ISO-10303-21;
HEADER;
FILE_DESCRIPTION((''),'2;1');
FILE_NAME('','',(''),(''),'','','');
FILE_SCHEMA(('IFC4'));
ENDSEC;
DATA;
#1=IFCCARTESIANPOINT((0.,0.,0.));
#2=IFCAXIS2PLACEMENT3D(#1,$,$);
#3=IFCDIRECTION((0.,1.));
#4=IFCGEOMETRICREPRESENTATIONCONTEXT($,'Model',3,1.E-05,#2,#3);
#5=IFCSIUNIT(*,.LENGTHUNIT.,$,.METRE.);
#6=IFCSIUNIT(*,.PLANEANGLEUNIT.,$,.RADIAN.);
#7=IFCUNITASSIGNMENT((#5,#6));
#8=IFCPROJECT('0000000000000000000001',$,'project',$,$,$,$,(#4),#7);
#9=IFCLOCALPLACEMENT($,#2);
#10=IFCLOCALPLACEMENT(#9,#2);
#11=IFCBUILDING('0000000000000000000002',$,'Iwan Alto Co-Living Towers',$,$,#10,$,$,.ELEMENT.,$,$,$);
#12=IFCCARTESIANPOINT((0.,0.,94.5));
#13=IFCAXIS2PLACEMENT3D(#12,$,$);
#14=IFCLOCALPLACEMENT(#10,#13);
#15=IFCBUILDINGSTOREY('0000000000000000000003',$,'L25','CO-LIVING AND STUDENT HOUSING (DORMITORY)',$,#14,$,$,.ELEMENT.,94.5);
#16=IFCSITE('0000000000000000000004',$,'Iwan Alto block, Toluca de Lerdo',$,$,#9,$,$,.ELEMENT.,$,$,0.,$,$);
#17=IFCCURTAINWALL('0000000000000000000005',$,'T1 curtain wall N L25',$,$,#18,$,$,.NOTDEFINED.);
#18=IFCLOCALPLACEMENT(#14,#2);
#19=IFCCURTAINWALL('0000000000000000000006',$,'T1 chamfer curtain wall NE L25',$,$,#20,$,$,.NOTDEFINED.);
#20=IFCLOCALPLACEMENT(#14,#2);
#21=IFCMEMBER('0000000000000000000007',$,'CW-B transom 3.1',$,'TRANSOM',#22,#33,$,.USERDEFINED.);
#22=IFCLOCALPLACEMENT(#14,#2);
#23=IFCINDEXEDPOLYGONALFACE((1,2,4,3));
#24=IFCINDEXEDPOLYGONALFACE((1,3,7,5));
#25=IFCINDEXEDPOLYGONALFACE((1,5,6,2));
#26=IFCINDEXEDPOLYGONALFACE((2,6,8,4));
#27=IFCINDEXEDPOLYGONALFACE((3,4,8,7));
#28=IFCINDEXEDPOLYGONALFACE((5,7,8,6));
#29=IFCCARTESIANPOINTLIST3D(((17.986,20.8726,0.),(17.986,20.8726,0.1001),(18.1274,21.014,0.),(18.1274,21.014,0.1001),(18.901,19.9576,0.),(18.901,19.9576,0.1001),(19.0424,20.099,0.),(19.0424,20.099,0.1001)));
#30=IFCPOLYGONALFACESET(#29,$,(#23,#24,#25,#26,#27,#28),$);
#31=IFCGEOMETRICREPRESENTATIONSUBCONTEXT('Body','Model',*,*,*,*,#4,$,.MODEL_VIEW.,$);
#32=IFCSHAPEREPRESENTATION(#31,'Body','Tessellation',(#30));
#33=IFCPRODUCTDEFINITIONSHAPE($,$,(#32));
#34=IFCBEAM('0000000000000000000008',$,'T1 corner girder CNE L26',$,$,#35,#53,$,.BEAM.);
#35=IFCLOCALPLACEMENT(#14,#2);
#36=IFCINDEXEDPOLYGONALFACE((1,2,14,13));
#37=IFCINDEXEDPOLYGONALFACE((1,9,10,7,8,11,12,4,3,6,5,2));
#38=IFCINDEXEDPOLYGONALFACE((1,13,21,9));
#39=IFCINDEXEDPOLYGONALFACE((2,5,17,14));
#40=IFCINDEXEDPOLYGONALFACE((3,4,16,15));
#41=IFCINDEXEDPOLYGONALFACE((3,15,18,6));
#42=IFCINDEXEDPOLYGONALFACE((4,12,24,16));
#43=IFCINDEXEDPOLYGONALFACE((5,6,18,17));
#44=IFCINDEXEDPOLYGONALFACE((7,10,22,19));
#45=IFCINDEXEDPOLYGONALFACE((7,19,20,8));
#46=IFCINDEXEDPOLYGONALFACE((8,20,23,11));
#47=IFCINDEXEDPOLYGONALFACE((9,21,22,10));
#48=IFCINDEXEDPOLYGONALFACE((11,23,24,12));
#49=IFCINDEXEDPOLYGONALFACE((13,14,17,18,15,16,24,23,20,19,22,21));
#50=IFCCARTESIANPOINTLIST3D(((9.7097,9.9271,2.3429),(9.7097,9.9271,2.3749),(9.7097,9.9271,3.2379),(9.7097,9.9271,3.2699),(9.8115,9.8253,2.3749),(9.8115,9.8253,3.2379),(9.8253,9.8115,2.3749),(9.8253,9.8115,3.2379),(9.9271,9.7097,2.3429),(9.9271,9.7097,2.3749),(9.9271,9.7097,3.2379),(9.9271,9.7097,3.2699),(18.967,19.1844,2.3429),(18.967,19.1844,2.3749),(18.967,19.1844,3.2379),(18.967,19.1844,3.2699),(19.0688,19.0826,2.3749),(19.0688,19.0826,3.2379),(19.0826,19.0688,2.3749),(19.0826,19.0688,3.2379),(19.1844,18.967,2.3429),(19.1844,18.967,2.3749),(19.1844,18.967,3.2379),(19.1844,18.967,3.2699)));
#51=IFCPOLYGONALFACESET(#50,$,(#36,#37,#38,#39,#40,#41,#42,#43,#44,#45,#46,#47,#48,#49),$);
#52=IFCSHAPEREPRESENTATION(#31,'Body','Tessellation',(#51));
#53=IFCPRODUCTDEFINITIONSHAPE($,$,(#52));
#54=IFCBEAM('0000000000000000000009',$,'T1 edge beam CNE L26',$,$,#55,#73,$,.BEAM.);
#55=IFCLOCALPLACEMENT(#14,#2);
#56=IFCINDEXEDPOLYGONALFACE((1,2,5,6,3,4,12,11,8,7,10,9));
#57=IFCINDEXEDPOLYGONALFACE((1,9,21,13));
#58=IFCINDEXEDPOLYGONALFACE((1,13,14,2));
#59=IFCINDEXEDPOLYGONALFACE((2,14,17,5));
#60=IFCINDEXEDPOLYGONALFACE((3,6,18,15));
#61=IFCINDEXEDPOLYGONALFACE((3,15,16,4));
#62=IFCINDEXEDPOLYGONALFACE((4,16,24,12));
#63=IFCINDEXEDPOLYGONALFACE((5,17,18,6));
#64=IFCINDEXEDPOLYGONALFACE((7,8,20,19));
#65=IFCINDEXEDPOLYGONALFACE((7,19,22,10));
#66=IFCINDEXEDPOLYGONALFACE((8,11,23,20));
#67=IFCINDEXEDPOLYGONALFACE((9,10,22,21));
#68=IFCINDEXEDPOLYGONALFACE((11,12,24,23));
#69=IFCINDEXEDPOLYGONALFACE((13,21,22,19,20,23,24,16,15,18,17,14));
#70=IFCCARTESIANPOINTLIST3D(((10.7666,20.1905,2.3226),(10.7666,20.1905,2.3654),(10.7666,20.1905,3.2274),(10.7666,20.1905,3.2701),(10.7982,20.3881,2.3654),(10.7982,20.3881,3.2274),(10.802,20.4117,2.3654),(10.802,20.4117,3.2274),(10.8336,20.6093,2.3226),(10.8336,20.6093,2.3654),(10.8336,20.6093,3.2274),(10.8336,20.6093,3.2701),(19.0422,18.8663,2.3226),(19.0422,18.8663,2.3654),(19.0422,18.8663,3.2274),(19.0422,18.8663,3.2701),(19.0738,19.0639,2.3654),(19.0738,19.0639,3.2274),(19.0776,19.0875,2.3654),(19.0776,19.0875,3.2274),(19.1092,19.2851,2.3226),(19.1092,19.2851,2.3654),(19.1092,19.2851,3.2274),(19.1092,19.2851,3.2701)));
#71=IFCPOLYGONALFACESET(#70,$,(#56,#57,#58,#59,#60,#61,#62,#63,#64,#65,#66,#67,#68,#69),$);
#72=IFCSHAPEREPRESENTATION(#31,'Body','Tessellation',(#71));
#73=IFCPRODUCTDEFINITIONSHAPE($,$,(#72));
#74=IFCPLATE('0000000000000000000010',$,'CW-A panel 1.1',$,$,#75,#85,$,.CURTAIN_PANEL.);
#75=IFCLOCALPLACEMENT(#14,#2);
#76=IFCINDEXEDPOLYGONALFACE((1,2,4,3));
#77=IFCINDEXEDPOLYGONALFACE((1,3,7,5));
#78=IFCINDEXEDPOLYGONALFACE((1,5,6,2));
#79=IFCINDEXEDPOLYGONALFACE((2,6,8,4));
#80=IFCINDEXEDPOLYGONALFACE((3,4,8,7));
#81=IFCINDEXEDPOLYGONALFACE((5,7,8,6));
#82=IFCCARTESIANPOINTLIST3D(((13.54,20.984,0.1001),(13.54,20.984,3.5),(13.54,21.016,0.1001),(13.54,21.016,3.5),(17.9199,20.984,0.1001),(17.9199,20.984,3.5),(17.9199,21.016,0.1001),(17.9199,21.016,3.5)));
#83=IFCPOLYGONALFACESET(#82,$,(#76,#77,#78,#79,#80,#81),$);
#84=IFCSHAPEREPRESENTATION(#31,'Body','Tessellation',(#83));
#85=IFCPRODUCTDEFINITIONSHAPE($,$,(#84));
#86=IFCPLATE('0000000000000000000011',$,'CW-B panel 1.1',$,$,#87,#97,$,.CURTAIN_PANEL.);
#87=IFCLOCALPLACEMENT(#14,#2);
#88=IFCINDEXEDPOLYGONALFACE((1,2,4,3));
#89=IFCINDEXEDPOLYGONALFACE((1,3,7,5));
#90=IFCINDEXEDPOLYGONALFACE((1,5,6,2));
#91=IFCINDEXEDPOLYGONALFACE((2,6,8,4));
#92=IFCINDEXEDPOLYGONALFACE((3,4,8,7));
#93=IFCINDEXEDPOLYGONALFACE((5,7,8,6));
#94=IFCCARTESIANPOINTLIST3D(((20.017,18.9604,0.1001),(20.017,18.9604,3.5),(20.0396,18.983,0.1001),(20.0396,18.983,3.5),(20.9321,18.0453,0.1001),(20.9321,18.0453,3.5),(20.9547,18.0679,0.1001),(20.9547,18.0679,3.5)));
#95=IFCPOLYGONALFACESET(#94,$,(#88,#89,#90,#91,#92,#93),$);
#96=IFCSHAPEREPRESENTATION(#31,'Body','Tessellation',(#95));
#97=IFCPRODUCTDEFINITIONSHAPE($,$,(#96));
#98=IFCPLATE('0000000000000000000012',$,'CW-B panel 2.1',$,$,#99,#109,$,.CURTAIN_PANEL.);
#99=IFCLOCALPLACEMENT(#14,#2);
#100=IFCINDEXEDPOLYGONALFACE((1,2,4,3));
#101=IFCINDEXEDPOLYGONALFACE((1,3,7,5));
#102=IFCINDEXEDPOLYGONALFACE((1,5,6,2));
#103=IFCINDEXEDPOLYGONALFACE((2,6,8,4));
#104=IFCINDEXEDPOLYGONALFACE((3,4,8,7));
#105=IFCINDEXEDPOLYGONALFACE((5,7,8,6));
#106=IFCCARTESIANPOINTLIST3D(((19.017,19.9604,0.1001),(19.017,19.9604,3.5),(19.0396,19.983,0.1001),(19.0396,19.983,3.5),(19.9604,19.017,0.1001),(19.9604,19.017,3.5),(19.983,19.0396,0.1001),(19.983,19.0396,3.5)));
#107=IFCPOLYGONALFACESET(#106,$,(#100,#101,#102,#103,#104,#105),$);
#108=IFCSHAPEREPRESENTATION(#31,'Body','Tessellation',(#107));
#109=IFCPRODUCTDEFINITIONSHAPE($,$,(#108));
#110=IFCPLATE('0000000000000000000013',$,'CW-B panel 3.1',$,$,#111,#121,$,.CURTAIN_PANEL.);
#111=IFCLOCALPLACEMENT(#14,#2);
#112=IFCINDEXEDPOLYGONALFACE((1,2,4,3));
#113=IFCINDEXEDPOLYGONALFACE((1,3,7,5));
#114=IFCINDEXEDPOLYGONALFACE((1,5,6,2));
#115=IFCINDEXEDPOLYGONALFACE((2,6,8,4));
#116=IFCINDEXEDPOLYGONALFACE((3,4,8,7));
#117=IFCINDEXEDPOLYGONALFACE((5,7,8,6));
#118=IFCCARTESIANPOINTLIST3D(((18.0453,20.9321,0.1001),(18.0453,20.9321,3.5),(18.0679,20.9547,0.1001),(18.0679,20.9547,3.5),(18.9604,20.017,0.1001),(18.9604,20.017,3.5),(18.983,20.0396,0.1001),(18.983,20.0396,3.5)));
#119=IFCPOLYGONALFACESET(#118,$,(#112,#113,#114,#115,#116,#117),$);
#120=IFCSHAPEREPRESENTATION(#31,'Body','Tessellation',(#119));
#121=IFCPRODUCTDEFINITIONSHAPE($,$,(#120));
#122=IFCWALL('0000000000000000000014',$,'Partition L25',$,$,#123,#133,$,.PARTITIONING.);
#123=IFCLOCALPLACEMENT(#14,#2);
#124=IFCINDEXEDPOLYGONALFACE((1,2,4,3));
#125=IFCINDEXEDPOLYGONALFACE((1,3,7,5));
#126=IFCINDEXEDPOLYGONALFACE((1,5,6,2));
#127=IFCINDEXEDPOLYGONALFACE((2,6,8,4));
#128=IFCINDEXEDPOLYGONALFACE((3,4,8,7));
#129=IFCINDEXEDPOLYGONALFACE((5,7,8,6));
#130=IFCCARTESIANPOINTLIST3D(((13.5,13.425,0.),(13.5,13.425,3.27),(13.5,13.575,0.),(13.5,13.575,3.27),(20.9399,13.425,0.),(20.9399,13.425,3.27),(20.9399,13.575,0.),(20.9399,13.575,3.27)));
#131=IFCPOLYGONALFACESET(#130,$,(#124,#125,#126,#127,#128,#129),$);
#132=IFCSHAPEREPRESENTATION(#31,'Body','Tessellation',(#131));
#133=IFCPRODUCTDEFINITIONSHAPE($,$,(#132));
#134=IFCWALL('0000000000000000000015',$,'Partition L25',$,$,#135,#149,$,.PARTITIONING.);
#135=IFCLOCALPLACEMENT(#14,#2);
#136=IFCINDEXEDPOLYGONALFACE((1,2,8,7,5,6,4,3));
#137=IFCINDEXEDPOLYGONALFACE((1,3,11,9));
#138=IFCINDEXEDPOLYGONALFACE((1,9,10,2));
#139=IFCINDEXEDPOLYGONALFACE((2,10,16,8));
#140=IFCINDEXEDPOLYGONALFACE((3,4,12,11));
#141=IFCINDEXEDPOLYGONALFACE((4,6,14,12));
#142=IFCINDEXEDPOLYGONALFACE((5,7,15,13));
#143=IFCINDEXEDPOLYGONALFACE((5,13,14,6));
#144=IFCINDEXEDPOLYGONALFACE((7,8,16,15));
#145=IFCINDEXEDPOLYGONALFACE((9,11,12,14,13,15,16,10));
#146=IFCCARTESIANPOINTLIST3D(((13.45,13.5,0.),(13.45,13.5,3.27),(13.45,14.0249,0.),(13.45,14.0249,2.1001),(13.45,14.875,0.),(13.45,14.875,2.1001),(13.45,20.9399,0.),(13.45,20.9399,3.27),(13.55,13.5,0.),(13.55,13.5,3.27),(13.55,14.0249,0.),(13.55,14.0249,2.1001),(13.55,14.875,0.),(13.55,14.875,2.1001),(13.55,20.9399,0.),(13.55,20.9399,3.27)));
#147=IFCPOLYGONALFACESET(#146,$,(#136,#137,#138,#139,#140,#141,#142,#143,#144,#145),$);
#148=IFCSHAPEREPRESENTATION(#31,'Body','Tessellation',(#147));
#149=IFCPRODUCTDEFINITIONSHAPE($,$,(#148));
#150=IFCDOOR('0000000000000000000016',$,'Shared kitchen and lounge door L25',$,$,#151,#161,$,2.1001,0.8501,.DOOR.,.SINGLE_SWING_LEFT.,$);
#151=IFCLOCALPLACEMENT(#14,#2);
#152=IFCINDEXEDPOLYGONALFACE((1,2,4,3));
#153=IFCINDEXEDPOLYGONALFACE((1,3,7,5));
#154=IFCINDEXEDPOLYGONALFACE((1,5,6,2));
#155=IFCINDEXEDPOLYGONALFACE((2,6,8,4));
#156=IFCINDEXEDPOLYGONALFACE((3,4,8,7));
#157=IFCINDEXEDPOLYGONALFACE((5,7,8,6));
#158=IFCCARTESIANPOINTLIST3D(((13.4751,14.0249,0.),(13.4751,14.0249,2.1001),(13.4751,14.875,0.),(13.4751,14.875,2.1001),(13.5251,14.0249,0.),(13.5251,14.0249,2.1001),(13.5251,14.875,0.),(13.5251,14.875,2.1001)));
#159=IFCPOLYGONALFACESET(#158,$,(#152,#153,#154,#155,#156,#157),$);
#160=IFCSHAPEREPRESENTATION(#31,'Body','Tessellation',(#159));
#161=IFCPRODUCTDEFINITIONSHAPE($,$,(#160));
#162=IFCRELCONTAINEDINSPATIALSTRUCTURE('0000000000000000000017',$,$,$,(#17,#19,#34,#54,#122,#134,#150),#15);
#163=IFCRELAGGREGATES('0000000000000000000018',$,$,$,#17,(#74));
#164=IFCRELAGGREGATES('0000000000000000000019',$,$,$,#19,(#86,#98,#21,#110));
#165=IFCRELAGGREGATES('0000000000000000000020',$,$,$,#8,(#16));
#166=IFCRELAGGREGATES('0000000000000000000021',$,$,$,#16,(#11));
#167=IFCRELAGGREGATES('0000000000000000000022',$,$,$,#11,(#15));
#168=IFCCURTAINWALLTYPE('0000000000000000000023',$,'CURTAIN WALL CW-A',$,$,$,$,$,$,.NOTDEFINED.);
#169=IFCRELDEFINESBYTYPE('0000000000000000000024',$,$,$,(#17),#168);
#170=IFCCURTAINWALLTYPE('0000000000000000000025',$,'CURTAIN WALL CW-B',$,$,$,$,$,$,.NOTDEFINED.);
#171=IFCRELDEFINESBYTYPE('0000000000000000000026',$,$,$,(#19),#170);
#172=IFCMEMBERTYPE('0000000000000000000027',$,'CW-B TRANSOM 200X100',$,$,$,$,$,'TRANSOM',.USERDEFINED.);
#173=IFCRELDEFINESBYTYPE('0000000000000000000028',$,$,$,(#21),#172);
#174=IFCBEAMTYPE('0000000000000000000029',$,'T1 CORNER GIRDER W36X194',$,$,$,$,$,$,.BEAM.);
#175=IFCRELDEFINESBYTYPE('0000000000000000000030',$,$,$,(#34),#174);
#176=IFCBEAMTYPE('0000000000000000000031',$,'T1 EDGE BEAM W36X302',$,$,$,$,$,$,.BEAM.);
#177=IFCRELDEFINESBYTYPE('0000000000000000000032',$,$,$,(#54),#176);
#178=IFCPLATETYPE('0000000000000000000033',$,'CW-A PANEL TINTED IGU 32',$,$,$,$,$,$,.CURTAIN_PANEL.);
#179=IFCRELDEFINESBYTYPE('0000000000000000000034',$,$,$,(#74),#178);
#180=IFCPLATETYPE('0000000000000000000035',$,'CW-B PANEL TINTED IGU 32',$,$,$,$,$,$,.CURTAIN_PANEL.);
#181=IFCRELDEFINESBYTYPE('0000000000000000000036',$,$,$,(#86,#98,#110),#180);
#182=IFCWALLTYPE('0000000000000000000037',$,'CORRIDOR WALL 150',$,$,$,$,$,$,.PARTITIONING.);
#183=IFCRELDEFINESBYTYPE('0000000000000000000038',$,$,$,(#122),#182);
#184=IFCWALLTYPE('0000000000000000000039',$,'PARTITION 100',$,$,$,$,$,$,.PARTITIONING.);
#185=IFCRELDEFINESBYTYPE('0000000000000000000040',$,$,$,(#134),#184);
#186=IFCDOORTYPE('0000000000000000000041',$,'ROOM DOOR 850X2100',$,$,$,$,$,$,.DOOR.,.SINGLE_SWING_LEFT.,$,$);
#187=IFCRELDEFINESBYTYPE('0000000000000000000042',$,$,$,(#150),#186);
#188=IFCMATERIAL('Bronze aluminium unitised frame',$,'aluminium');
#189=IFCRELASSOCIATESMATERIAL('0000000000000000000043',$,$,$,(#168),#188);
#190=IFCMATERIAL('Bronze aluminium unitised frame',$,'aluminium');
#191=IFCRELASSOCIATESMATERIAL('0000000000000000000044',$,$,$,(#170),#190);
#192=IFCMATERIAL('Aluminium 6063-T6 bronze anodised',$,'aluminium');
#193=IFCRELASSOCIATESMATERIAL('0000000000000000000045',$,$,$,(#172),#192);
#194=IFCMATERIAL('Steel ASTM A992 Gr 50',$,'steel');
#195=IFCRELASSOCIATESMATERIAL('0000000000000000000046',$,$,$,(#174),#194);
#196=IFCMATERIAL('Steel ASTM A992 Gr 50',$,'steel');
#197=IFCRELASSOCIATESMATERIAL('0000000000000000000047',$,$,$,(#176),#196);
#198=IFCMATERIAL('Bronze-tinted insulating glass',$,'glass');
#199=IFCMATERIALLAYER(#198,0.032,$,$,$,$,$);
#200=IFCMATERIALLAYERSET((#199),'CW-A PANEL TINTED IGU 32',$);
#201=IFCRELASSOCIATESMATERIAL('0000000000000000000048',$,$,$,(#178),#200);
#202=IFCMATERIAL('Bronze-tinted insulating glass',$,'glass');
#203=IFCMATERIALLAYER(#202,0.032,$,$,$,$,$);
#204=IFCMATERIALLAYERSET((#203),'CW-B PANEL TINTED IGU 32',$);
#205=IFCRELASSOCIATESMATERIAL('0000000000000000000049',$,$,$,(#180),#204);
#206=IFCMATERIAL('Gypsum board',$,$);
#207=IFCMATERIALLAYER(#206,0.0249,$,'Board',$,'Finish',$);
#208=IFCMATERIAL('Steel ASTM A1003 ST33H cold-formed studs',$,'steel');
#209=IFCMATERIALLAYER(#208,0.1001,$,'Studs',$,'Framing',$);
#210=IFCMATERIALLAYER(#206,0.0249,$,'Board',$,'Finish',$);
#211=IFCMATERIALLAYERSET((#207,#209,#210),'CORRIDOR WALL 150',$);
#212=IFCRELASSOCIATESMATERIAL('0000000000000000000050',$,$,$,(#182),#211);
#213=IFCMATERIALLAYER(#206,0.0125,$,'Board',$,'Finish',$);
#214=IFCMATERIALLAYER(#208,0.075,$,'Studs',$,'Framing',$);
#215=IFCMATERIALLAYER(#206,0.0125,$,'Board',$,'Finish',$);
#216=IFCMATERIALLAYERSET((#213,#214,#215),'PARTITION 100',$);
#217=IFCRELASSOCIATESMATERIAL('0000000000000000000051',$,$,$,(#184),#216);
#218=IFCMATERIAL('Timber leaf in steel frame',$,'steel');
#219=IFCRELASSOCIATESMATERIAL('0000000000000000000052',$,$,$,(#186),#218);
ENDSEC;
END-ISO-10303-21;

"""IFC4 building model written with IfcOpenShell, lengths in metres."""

from ifc_helpers import new_model, si_unit, direction, frame, frame_2d, origin, origin_2d, place, context, subcontext, project, spatial, rectangle, i_section, extrude, material, layer, layer_set, material_profile, profile_set, type_object, element, fill, aggregate, save


model = new_model("IFC4")

# Units and contexts
model_context = context("Model", 3, precision=1e-05, world=origin(), true_north=direction((0.0, 1.0)))
body_context = subcontext(model_context, "Body", "Model", "MODEL_VIEW")
ifc_project = project(units=[si_unit("LENGTHUNIT", "METRE"), si_unit("PLANEANGLEUNIT", "RADIAN")], contexts=[model_context])

# Site, building, storey
site_placement = place(None, origin())
site = spatial("IfcSite", under=ifc_project, at=site_placement, Name="Iwan Alto block, Toluca de Lerdo", CompositionType="ELEMENT", RefElevation=0.0)
building_placement = place(site_placement, origin())
building = spatial("IfcBuilding", under=site, at=building_placement, Name="Iwan Alto Co-Living Towers", CompositionType="ELEMENT")
storey_placement = place(building_placement, frame((0.0, 0.0, 94.5)))
storey = spatial("IfcBuildingStorey", under=building, at=storey_placement, Name="L25", Description="CO-LIVING AND STUDENT HOUSING (DORMITORY)", CompositionType="ELEMENT", Elevation=94.5)

# Curtain walls, member
ifc_material_1 = material(Name="Bronze aluminium unitised frame", Category="aluminium")
curtain_wall_type_1 = type_object("IfcCurtainWallType", Name="CURTAIN WALL CW-A", PredefinedType="NOTDEFINED", material=ifc_material_1)
curtain_wall_1_placement = place(storey_placement, origin())
curtain_wall_1 = element("IfcCurtainWall", 1, at=curtain_wall_1_placement, inside=storey, type_object=curtain_wall_type_1, Name="T1 curtain wall N L25", PredefinedType="NOTDEFINED")
ifc_material_2 = material(Name="Bronze aluminium unitised frame", Category="aluminium")
curtain_wall_type_2 = type_object("IfcCurtainWallType", Name="CURTAIN WALL CW-B", PredefinedType="NOTDEFINED", material=ifc_material_2)
curtain_wall_2_placement = place(storey_placement, origin())
curtain_wall_2 = element("IfcCurtainWall", 2, at=curtain_wall_2_placement, inside=storey, type_object=curtain_wall_type_2, Name="T1 chamfer curtain wall NE L25", PredefinedType="NOTDEFINED")
ifc_material_3 = material(Name="Aluminium 6063-T6 bronze anodised", Category="aluminium")
ifc_material_profile_1 = material_profile(ifc_material_3, rectangle(XDim=0.2, YDim=0.1001, at=origin_2d()), Name="AL 200X100")
ifc_profile_set_1 = profile_set([ifc_material_profile_1], Name="Aluminium 6063-T6 bronze anodised")
member_type_1 = type_object("IfcMemberType", Name="CW-B TRANSOM 200X100", ElementType="TRANSOM", PredefinedType="USERDEFINED", material=ifc_profile_set_1)
member_1_placement = place(storey_placement, frame((18.9717, 20.0283, 0.05), z_axis=(-0.707107, 0.707107, 0.0), x_axis=(-0.707107, -0.707107, 0.0)))
member_1 = element("IfcMember", 3, at=member_1_placement, type_object=member_type_1, Name="CW-B transom 3.1", ObjectType="TRANSOM", PredefinedType="USERDEFINED", context=body_context, shape_type="SweptSolid", body=[
    extrude(rectangle(XDim=0.2, YDim=0.1001, at=origin_2d()), origin(), (0.0, 0.0, 1.0), 1.2939),
])

# Beams
ifc_material_4 = material(Name="Steel ASTM A992 Gr 50", Category="steel")
ifc_material_profile_2 = material_profile(ifc_material_4, i_section(OverallWidth=0.3074, OverallDepth=0.927, WebThickness=0.0195, FlangeThickness=0.032, at=origin_2d()), Name="W36X194")
ifc_profile_set_2 = profile_set([ifc_material_profile_2], Name="Steel ASTM A992 Gr 50")
beam_type_1 = type_object("IfcBeamType", Name="T1 CORNER GIRDER W36X194", PredefinedType="BEAM", material=ifc_profile_set_2)
beam_1_placement = place(storey_placement, frame((19.0757, 19.0757, 2.8064), z_axis=(-0.707107, -0.707107, 0.0), x_axis=(0.707107, -0.707107, 0.0)))
element("IfcBeam", 4, at=beam_1_placement, inside=storey, type_object=beam_type_1, Name="T1 corner girder CNE L26", PredefinedType="BEAM", context=body_context, shape_type="SweptSolid", body=[
    extrude(i_section(OverallWidth=0.3074, OverallDepth=0.927, WebThickness=0.0195, FlangeThickness=0.032, at=origin_2d()), origin(), (0.0, 0.0, 1.0), 13.0918),
])
ifc_material_5 = material(Name="Steel ASTM A992 Gr 50", Category="steel")
ifc_material_profile_3 = material_profile(ifc_material_5, i_section(OverallWidth=0.4241, OverallDepth=0.9475, WebThickness=0.0239, FlangeThickness=0.0427, at=origin_2d()), Name="W36X302")
ifc_profile_set_3 = profile_set([ifc_material_profile_3], Name="Steel ASTM A992 Gr 50")
beam_type_2 = type_object("IfcBeamType", Name="T1 EDGE BEAM W36X302", PredefinedType="BEAM", material=ifc_profile_set_3)
beam_2_placement = place(storey_placement, frame((19.0757, 19.0757, 2.7964), z_axis=(-0.987438, 0.158004, 0.0), x_axis=(-0.158004, -0.987438, 0.0)))
element("IfcBeam", 5, at=beam_2_placement, inside=storey, type_object=beam_type_2, Name="T1 edge beam CNE L26", PredefinedType="BEAM", context=body_context, shape_type="SweptSolid", body=[
    extrude(i_section(OverallWidth=0.4241, OverallDepth=0.9475, WebThickness=0.0239, FlangeThickness=0.0427, at=origin_2d()), origin(), (0.0, 0.0, 1.0), 8.3809),
])

# Plates
ifc_material_6 = material(Name="Bronze-tinted insulating glass", Category="glass")
ifc_layer_1 = layer(ifc_material_6, 0.032)
ifc_layer_set_1 = layer_set([ifc_layer_1], Name="CW-A PANEL TINTED IGU 32")
plate_type_1 = type_object("IfcPlateType", Name="CW-A PANEL TINTED IGU 32", PredefinedType="CURTAIN_PANEL", material=ifc_layer_set_1)
plate_1_placement = place(storey_placement, frame((15.73, 21.0, 0.1001), z_axis=(0.0, 0.0, 1.0), x_axis=(-1.0, 0.0, 0.0)))
plate_1 = element("IfcPlate", 6, at=plate_1_placement, type_object=plate_type_1, Name="CW-A panel 1.1", PredefinedType="CURTAIN_PANEL", context=body_context, shape_type="SweptSolid", body=[
    extrude(rectangle(XDim=4.3799, YDim=0.032, at=origin_2d()), origin(), (0.0, 0.0, 1.0), 3.3999),
])
aggregate(curtain_wall_1, [plate_1])
ifc_material_7 = material(Name="Bronze-tinted insulating glass", Category="glass")
ifc_layer_2 = layer(ifc_material_7, 0.032)
ifc_layer_set_2 = layer_set([ifc_layer_2], Name="CW-B PANEL TINTED IGU 32")
plate_type_2 = type_object("IfcPlateType", Name="CW-B PANEL TINTED IGU 32", PredefinedType="CURTAIN_PANEL", material=ifc_layer_set_2)
plate_2_placement = place(storey_placement, frame((20.4858, 18.5142, 0.1001), z_axis=(0.0, 0.0, 1.0), x_axis=(-0.707107, 0.707107, 0.0)))
plate_2 = element("IfcPlate", 7, at=plate_2_placement, type_object=plate_type_2, Name="CW-B panel 1.1", PredefinedType="CURTAIN_PANEL", context=body_context, shape_type="SweptSolid", body=[
    extrude(rectangle(XDim=1.2942, YDim=0.032, at=origin_2d()), origin(), (0.0, 0.0, 1.0), 3.3999),
])
plate_3_placement = place(storey_placement, frame((19.5, 19.5, 0.1001), z_axis=(0.0, 0.0, 1.0), x_axis=(-0.707107, 0.707107, 0.0)))
plate_3 = element("IfcPlate", 8, at=plate_3_placement, type_object=plate_type_2, Name="CW-B panel 2.1", PredefinedType="CURTAIN_PANEL", context=body_context, shape_type="SweptSolid", body=[
    extrude(rectangle(XDim=1.3342, YDim=0.032, at=origin_2d()), origin(), (0.0, 0.0, 1.0), 3.3999),
])
plate_4_placement = place(storey_placement, frame((18.5142, 20.4858, 0.1001), z_axis=(0.0, 0.0, 1.0), x_axis=(-0.707107, 0.707107, 0.0)))
plate_4 = element("IfcPlate", 9, at=plate_4_placement, type_object=plate_type_2, Name="CW-B panel 3.1", PredefinedType="CURTAIN_PANEL", context=body_context, shape_type="SweptSolid", body=[
    extrude(rectangle(XDim=1.2942, YDim=0.032, at=origin_2d()), origin(), (0.0, 0.0, 1.0), 3.3999),
])
aggregate(curtain_wall_2, [plate_2, plate_3, member_1, plate_4])

# Wall
ifc_material_8 = material(Name="Gypsum board")
ifc_layer_3 = layer(ifc_material_8, 0.0249, Name="Board", Category="Finish")
ifc_material_9 = material(Name="Steel ASTM A1003 ST33H cold-formed studs", Category="steel")
ifc_layer_4 = layer(ifc_material_9, 0.1001, Name="Studs", Category="Framing")
ifc_layer_5 = layer(ifc_material_8, 0.0249, Name="Board", Category="Finish")
ifc_layer_set_3 = layer_set([ifc_layer_3, ifc_layer_4, ifc_layer_5], Name="CORRIDOR WALL 150")
wall_type_1 = type_object("IfcWallType", Name="CORRIDOR WALL 150", PredefinedType="PARTITIONING", material=ifc_layer_set_3)
wall_1_placement = place(storey_placement, frame((13.5, 13.5, 0.0), z_axis=(0.0, 0.0, 1.0), x_axis=(1.0, 0.0, 0.0)))
element("IfcWall", 10, at=wall_1_placement, inside=storey, type_object=wall_type_1, Name="Partition L25", PredefinedType="PARTITIONING", context=body_context, shape_type="SweptSolid", body=[
    extrude(rectangle(XDim=7.4399, YDim=0.1499, at=frame_2d((3.72, 0.0))), origin(), (0.0, 0.0, 1.0), 3.27),
])

# Wall, opening, door
ifc_layer_6 = layer(ifc_material_8, 0.0125, Name="Board", Category="Finish")
ifc_layer_7 = layer(ifc_material_9, 0.075, Name="Studs", Category="Framing")
ifc_layer_8 = layer(ifc_material_8, 0.0125, Name="Board", Category="Finish")
ifc_layer_set_4 = layer_set([ifc_layer_6, ifc_layer_7, ifc_layer_8], Name="PARTITION 100")
wall_type_2 = type_object("IfcWallType", Name="PARTITION 100", PredefinedType="PARTITIONING", material=ifc_layer_set_4)
wall_2_placement = place(storey_placement, frame((13.5, 13.5, 0.0), z_axis=(0.0, 0.0, 1.0), x_axis=(0.0, 1.0, 0.0)))
wall_2 = element("IfcWall", 11, at=wall_2_placement, inside=storey, type_object=wall_type_2, Name="Partition L25", PredefinedType="PARTITIONING", context=body_context, shape_type="SweptSolid", body=[
    extrude(rectangle(XDim=7.4399, YDim=0.1001, at=frame_2d((3.72, 0.0))), origin(), (0.0, 0.0, 1.0), 3.27),
])
opening_placement = place(wall_2_placement, frame((0.5249, 0.0, 0.0)))
opening = element("IfcOpeningElement", 12, at=opening_placement, cuts=wall_2, PredefinedType="OPENING", context=body_context, shape_type="SweptSolid", body=[
    extrude(rectangle(XDim=0.8501, YDim=2.1001, at=frame_2d((0.425, 1.05))), frame((0.0, 0.0601, 0.0), z_axis=(0.0, -1.0, 0.0), x_axis=(1.0, 0.0, 0.0)), (0.0, 0.0, 1.0), 0.1201),
])
ifc_material_10 = material(Name="Timber leaf in steel frame", Category="steel")
door_type = type_object("IfcDoorType", Name="ROOM DOOR 850X2100", OperationType="SINGLE_SWING_LEFT", PredefinedType="DOOR", material=ifc_material_10)
door_placement = place(opening_placement, origin())
door = element("IfcDoor", 13, at=door_placement, inside=storey, type_object=door_type, Name="Shared kitchen and lounge door L25", OperationType="SINGLE_SWING_LEFT", OverallHeight=2.1001, OverallWidth=0.8501, PredefinedType="DOOR", context=body_context, shape_type="SweptSolid", body=[
    extrude(rectangle(XDim=0.8501, YDim=2.1001, at=frame_2d((0.425, 1.05))), frame((0.0, 0.0249, 0.0), z_axis=(0.0, -1.0, 0.0), x_axis=(1.0, 0.0, 0.0)), (0.0, 0.0, 1.0), 0.05),
])
fill(opening, door)

save(model, "model.ifc")
